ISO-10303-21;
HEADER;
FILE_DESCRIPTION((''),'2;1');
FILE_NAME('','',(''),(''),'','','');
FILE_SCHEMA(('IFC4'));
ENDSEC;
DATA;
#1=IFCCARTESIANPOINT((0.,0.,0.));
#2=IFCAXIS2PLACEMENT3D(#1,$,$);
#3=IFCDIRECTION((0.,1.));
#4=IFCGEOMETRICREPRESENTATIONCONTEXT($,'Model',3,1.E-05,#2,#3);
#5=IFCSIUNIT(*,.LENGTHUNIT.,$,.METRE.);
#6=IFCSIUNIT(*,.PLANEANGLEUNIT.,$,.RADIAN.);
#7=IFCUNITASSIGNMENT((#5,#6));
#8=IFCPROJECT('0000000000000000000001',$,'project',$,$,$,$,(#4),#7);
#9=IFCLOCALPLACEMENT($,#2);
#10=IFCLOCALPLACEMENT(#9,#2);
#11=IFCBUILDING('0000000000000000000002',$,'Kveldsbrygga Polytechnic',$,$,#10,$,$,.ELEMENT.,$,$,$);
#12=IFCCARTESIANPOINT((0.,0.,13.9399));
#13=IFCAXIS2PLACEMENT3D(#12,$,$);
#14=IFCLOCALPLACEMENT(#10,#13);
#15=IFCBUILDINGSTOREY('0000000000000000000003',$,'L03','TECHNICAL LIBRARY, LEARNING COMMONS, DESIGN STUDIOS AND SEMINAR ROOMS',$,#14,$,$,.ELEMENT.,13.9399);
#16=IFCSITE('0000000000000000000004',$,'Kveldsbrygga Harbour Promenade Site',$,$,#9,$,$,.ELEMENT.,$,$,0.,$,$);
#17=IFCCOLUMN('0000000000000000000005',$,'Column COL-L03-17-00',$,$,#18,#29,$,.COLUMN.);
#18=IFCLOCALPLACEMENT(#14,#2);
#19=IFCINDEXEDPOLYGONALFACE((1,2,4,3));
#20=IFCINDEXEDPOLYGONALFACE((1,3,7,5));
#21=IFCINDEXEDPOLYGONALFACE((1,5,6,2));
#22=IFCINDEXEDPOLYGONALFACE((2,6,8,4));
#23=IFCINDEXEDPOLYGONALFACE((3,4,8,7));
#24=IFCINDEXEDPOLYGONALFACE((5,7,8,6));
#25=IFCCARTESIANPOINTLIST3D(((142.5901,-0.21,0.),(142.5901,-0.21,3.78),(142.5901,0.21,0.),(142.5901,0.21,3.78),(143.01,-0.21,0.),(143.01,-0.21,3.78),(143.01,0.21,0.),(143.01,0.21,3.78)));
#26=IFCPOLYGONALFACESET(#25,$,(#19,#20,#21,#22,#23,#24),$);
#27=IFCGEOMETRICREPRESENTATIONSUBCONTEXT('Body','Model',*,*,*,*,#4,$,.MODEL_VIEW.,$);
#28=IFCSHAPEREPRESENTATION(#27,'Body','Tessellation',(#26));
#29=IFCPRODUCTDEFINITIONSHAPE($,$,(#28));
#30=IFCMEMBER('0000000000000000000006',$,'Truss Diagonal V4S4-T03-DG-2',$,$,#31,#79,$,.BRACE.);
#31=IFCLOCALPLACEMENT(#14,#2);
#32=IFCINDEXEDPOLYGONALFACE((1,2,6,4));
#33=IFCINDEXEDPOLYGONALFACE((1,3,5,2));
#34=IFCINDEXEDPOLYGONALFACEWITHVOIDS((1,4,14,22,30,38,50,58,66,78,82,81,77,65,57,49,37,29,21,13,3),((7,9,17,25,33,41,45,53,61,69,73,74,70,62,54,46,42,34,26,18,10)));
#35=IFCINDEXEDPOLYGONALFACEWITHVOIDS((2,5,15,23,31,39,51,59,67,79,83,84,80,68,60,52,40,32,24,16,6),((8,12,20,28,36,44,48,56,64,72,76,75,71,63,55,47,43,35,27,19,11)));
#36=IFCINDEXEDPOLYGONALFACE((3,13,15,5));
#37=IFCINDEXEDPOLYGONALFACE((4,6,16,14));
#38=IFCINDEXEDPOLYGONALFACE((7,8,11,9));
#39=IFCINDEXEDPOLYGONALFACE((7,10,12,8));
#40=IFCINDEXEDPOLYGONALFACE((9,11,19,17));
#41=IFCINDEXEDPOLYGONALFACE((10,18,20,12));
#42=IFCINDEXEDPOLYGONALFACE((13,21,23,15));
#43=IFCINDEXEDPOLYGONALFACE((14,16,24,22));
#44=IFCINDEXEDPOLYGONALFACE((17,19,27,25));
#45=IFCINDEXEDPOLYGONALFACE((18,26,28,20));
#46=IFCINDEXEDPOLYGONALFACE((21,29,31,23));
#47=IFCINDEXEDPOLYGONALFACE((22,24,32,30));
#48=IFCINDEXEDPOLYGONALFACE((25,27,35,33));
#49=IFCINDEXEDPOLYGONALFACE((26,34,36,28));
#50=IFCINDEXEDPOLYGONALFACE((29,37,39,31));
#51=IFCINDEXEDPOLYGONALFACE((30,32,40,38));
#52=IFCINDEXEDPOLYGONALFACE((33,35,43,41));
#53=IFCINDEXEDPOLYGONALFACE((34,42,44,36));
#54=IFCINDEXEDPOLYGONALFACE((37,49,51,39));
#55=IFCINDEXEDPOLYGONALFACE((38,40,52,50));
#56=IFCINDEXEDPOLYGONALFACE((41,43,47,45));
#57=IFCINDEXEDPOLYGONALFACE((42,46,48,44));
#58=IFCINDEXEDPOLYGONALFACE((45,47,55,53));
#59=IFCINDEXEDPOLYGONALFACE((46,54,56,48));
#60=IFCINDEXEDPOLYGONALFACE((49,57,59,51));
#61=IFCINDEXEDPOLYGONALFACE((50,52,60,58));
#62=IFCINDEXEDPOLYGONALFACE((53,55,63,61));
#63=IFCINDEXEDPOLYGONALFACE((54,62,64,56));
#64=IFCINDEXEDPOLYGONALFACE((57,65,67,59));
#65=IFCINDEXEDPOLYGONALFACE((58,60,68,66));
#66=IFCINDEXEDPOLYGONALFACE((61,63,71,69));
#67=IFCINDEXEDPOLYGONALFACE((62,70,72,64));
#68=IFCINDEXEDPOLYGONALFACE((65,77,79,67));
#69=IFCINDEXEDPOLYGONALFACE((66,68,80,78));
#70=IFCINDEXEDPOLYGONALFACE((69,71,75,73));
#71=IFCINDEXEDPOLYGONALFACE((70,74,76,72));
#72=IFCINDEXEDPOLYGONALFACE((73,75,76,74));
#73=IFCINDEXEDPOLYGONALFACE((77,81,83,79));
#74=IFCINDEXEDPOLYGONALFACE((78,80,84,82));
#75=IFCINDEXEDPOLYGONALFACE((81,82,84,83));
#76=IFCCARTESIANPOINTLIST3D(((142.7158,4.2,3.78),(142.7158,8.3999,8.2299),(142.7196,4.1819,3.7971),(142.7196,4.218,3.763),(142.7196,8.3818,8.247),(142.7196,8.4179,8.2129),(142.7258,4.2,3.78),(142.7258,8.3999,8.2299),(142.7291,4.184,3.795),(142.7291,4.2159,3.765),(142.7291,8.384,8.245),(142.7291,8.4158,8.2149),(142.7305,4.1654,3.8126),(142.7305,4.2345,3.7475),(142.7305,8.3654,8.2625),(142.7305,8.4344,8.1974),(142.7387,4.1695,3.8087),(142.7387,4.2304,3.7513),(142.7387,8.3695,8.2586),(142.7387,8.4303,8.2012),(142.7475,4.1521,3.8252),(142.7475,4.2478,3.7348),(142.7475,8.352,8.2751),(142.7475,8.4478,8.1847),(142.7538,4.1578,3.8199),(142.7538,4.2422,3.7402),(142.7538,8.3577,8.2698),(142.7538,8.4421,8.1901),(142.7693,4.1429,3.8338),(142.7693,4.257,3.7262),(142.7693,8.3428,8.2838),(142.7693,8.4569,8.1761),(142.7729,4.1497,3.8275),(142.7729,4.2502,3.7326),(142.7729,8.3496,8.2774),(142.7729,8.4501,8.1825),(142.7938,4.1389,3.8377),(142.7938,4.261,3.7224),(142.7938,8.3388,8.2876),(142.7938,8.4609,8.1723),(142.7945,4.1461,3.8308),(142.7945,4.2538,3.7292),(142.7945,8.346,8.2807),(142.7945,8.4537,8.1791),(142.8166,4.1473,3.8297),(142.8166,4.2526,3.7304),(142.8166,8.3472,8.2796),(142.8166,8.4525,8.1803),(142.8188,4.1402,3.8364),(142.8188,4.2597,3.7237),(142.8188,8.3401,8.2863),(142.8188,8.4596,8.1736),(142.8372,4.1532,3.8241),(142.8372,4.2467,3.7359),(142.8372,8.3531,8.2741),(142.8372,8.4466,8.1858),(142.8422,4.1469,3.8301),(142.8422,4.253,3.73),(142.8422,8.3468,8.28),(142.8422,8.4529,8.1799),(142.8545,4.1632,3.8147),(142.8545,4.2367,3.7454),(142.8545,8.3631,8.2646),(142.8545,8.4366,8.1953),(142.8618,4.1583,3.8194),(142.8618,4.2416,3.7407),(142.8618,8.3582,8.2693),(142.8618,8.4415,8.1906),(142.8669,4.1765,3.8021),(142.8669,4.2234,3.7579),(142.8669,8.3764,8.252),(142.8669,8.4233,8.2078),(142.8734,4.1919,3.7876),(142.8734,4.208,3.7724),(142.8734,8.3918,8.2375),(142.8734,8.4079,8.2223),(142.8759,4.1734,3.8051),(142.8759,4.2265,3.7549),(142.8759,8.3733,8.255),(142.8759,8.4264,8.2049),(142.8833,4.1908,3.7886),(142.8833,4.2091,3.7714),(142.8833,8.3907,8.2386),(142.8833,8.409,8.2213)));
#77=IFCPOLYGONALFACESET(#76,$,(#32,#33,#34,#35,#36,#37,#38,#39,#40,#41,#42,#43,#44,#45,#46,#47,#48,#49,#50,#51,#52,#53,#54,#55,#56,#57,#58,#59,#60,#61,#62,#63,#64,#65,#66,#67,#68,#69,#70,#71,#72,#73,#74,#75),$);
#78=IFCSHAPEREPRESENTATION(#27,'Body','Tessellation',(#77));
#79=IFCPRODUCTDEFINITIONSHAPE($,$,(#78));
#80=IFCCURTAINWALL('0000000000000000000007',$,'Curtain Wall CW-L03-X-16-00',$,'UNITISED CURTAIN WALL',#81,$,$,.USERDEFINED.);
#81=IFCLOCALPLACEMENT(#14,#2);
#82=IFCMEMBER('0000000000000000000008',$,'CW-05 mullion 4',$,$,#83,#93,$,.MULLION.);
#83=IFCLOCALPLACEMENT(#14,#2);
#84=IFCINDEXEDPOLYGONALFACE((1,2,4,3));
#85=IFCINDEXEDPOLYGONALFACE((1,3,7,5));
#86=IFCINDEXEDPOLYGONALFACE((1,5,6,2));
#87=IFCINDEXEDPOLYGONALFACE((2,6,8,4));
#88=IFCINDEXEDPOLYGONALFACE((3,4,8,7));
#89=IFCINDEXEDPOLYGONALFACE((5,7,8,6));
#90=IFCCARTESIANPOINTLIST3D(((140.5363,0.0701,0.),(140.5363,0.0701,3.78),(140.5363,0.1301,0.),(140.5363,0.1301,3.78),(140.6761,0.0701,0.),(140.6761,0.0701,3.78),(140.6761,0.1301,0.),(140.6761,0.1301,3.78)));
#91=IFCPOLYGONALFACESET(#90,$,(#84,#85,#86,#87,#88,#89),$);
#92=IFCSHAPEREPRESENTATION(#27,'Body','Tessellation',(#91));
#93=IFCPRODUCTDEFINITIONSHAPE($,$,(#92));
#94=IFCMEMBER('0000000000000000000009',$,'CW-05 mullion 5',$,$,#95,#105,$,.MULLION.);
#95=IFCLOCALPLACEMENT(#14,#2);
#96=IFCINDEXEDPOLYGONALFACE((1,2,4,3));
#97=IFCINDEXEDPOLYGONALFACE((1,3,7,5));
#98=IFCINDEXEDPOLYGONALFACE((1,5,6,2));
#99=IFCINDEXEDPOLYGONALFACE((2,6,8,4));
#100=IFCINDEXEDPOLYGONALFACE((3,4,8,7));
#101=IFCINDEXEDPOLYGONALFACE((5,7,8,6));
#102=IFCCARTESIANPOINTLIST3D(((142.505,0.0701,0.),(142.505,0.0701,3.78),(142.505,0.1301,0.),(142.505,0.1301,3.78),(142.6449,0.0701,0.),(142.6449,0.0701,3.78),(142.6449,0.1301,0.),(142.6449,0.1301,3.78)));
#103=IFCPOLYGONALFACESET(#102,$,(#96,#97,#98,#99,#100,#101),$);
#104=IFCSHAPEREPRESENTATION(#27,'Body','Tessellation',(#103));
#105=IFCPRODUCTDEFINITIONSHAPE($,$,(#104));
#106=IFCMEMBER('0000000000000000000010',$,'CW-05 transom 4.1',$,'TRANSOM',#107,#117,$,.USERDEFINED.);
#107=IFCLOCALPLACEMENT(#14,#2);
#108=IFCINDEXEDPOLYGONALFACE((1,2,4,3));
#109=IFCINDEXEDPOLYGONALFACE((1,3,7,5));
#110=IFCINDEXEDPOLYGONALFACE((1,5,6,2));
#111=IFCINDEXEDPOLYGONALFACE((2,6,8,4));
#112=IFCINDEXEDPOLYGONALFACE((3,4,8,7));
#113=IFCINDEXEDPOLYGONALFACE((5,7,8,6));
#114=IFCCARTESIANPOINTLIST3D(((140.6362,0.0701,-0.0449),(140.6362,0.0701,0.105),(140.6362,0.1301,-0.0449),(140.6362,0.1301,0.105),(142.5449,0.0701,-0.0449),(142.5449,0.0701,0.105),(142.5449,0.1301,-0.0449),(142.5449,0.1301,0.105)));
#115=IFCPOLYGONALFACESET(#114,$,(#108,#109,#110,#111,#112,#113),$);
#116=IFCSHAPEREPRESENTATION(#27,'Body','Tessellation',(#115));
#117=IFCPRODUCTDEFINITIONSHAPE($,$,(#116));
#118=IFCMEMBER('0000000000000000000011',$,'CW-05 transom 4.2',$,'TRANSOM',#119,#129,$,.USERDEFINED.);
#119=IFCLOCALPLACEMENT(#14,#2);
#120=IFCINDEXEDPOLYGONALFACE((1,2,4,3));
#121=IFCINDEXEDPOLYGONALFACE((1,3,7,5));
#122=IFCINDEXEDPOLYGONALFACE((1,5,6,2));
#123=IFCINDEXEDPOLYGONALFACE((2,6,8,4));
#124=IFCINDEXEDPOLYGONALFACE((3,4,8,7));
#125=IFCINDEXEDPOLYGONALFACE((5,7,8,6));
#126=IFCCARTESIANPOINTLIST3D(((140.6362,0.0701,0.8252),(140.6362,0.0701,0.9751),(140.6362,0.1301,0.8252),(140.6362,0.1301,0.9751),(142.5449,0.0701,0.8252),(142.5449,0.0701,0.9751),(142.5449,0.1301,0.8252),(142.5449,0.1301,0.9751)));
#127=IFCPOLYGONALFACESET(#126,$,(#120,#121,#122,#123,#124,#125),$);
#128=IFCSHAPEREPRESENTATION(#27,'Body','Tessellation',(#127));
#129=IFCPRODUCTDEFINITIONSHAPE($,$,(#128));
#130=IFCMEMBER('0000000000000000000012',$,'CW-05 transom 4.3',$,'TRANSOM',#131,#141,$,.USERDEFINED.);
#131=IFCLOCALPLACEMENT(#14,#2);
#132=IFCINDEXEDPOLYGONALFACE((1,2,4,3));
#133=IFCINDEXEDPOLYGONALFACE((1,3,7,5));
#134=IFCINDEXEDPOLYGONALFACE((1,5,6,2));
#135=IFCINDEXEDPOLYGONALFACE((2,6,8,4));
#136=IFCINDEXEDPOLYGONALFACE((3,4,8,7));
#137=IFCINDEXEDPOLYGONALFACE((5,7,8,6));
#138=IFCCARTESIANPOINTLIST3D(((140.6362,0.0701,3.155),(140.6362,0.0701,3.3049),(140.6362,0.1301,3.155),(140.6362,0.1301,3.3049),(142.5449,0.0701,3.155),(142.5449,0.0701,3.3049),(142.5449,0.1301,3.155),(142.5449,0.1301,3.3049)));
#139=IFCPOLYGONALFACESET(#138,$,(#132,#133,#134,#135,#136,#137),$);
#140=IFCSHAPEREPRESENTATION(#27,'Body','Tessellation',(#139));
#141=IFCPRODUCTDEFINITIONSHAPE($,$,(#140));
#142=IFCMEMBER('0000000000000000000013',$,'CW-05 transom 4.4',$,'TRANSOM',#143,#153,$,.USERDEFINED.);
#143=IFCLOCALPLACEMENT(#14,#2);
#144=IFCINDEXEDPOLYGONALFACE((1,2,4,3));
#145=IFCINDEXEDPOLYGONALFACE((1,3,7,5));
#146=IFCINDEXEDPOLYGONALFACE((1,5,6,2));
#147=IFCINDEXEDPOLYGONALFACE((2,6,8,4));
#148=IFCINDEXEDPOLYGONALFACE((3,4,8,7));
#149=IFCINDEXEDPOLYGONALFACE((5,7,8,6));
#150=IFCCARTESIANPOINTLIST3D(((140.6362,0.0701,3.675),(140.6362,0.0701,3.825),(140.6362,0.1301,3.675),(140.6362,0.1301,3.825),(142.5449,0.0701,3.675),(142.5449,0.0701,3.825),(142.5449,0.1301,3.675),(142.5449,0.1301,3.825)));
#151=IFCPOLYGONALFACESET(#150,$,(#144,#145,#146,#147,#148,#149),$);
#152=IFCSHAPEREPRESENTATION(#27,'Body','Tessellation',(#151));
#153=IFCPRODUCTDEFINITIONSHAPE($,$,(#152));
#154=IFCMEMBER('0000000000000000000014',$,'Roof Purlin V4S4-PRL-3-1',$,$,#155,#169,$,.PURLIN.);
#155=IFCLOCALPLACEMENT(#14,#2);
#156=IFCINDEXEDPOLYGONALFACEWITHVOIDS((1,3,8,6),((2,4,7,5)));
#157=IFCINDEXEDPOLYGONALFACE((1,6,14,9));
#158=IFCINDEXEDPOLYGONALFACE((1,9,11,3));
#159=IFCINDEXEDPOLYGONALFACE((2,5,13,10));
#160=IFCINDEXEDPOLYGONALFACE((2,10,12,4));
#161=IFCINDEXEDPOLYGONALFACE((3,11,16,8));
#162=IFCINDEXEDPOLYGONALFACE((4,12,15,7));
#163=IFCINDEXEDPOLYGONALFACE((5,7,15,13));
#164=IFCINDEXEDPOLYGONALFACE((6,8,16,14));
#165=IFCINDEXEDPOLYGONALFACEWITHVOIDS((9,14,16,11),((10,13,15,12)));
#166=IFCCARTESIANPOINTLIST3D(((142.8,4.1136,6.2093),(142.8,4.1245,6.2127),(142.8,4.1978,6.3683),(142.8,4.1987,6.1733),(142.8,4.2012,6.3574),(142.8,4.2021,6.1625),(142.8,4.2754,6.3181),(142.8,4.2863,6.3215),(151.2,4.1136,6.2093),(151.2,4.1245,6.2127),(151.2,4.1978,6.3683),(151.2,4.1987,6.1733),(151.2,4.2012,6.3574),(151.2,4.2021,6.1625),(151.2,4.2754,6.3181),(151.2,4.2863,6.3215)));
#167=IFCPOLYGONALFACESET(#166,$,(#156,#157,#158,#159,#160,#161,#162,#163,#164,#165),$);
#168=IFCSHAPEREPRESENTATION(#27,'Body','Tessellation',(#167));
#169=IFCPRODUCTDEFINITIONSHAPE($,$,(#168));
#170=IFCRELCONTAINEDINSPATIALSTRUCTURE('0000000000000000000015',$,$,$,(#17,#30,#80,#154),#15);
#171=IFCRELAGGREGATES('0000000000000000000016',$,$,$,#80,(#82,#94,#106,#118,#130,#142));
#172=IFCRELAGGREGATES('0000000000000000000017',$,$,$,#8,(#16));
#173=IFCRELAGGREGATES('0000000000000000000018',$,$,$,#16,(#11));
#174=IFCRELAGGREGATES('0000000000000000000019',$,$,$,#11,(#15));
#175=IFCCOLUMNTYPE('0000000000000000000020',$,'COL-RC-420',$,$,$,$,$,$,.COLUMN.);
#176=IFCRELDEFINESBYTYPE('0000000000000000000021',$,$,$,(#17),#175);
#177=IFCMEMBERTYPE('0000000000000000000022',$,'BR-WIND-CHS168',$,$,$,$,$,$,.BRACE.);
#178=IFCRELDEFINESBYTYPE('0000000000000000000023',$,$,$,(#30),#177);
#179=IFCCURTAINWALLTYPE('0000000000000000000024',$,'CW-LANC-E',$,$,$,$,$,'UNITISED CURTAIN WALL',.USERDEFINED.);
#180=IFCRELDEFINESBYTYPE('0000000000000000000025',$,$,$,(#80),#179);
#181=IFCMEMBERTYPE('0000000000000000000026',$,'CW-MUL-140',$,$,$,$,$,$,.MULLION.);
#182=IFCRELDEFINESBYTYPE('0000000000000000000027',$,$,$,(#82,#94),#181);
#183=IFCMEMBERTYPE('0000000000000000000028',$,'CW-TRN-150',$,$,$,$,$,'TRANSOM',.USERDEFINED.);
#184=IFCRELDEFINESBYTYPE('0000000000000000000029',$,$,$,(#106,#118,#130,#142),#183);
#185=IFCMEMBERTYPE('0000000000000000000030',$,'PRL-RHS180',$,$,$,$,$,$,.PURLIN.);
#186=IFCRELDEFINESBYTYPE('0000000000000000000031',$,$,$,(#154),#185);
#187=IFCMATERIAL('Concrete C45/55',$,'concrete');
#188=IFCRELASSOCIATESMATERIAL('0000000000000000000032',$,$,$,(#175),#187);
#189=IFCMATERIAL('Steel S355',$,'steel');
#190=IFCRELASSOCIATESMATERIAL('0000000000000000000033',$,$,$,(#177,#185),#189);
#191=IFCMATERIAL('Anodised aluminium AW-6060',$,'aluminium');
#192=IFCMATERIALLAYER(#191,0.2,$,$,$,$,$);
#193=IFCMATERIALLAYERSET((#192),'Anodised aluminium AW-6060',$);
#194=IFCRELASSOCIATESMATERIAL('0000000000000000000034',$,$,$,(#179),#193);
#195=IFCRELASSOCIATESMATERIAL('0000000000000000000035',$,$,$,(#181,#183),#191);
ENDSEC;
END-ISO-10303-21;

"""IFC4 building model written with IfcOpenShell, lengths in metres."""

from ifc_helpers import new_model, si_unit, direction, frame, origin, origin_2d, place, context, subcontext, project, spatial, rectangle, hollow_rectangle, hollow_circle, extrude, material, layer, layer_set, material_profile, profile_set, type_object, element, aggregate, save


model = new_model("IFC4")

# Units and contexts
model_context = context("Model", 3, precision=1e-05, world=origin(), true_north=direction((0.0, 1.0)))
body_context = subcontext(model_context, "Body", "Model", "MODEL_VIEW")
ifc_project = project(units=[si_unit("LENGTHUNIT", "METRE"), si_unit("PLANEANGLEUNIT", "RADIAN")], contexts=[model_context])

# Site, building, storey
site_placement = place(None, origin())
site = spatial("IfcSite", under=ifc_project, at=site_placement, Name="Kveldsbrygga Harbour Promenade Site", CompositionType="ELEMENT", RefElevation=0.0)
building_placement = place(site_placement, origin())
building = spatial("IfcBuilding", under=site, at=building_placement, Name="Kveldsbrygga Polytechnic", CompositionType="ELEMENT")
storey_placement = place(building_placement, frame((0.0, 0.0, 13.9399)))
storey = spatial("IfcBuildingStorey", under=building, at=storey_placement, Name="L03", Description="TECHNICAL LIBRARY, LEARNING COMMONS, DESIGN STUDIOS AND SEMINAR ROOMS", CompositionType="ELEMENT", Elevation=13.9399)

# Column
ifc_material_1 = material(Name="Concrete C45/55", Category="concrete")
ifc_material_profile_1 = material_profile(ifc_material_1, rectangle(XDim=0.4199, YDim=0.4199, at=origin_2d()), Name="RC 420x420")
ifc_profile_set_1 = profile_set([ifc_material_profile_1], Name="Concrete C45/55")
column_type = type_object("IfcColumnType", Name="COL-RC-420", PredefinedType="COLUMN", material=ifc_profile_set_1)
column_placement = place(storey_placement, frame((142.8, 0.0, 0.0), z_axis=(0.0, 0.0, 1.0), x_axis=(1.0, 0.0, 0.0)))
element("IfcColumn", 1, at=column_placement, inside=storey, type_object=column_type, Name="Column COL-L03-17-00", PredefinedType="COLUMN", context=body_context, shape_type="SweptSolid", body=[
    extrude(rectangle(XDim=0.4199, YDim=0.4199, at=origin_2d()), origin(), (0.0, 0.0, 1.0), 3.78),
])

# Member
ifc_material_2 = material(Name="Steel S355", Category="steel")
ifc_material_profile_2 = material_profile(ifc_material_2, hollow_circle(Radius=0.0842, WallThickness=0.01, at=origin_2d()), Name="CHS 168.3x10.0")
ifc_profile_set_2 = profile_set([ifc_material_profile_2], Name="Steel S355")
member_type_1 = type_object("IfcMemberType", Name="BR-WIND-CHS168", PredefinedType="BRACE", material=ifc_profile_set_2)
member_1_placement = place(storey_placement, frame((142.8, 4.2, 3.78), z_axis=(0.0, 0.686383, 0.72724), x_axis=(-1.0, 0.0, 0.0)))
element("IfcMember", 2, at=member_1_placement, inside=storey, type_object=member_type_1, Name="Truss Diagonal V4S4-T03-DG-2", PredefinedType="BRACE", context=body_context, shape_type="SweptSolid", body=[
    extrude(hollow_circle(Radius=0.0842, WallThickness=0.01, at=origin_2d()), origin(), (0.0, 0.0, 1.0), 6.1189),
])

# Curtain wall, members
ifc_material_3 = material(Name="Anodised aluminium AW-6060", Category="aluminium")
ifc_layer_1 = layer(ifc_material_3, 0.2)
ifc_layer_set_1 = layer_set([ifc_layer_1], Name="Anodised aluminium AW-6060")
curtain_wall_type = type_object("IfcCurtainWallType", Name="CW-LANC-E", ElementType="UNITISED CURTAIN WALL", PredefinedType="USERDEFINED", material=ifc_layer_set_1)
curtain_wall_placement = place(storey_placement, origin())
curtain_wall = element("IfcCurtainWall", 3, at=curtain_wall_placement, inside=storey, type_object=curtain_wall_type, Name="Curtain Wall CW-L03-X-16-00", ObjectType="UNITISED CURTAIN WALL", PredefinedType="USERDEFINED")
ifc_material_profile_3 = material_profile(ifc_material_3, rectangle(XDim=0.0601, YDim=0.1399, at=origin_2d()), Name="ALU 60x140")
ifc_profile_set_3 = profile_set([ifc_material_profile_3], Name="Anodised aluminium AW-6060")
member_type_2 = type_object("IfcMemberType", Name="CW-MUL-140", PredefinedType="MULLION", material=ifc_profile_set_3)
member_2_placement = place(storey_placement, frame((140.6062, 0.1001, 0.0), z_axis=(0.0, 0.0, 1.0), x_axis=(0.0, 1.0, 0.0)))
member_2 = element("IfcMember", 4, at=member_2_placement, type_object=member_type_2, Name="CW-05 mullion 4", PredefinedType="MULLION", context=body_context, shape_type="SweptSolid", body=[
    extrude(rectangle(XDim=0.0601, YDim=0.1399, at=origin_2d()), origin(), (0.0, 0.0, 1.0), 3.78),
])
member_3_placement = place(storey_placement, frame((142.575, 0.1001, 0.0), z_axis=(0.0, 0.0, 1.0), x_axis=(0.0, 1.0, 0.0)))
member_3 = element("IfcMember", 5, at=member_3_placement, type_object=member_type_2, Name="CW-05 mullion 5", PredefinedType="MULLION", context=body_context, shape_type="SweptSolid", body=[
    extrude(rectangle(XDim=0.0601, YDim=0.1399, at=origin_2d()), origin(), (0.0, 0.0, 1.0), 3.78),
])
ifc_material_profile_4 = material_profile(ifc_material_3, rectangle(XDim=0.0601, YDim=0.1499, at=origin_2d()), Name="ALU 60x150")
ifc_profile_set_4 = profile_set([ifc_material_profile_4], Name="Anodised aluminium AW-6060")
member_type_3 = type_object("IfcMemberType", Name="CW-TRN-150", ElementType="TRANSOM", PredefinedType="USERDEFINED", material=ifc_profile_set_4)
member_4_placement = place(storey_placement, frame((140.6362, 0.1001, 0.03), z_axis=(1.0, 0.0, 0.0), x_axis=(0.0, 1.0, 0.0)))
member_4 = element("IfcMember", 6, at=member_4_placement, type_object=member_type_3, Name="CW-05 transom 4.1", ObjectType="TRANSOM", PredefinedType="USERDEFINED", context=body_context, shape_type="SweptSolid", body=[
    extrude(rectangle(XDim=0.0601, YDim=0.1499, at=origin_2d()), origin(), (0.0, 0.0, 1.0), 1.9087),
])
member_5_placement = place(storey_placement, frame((140.6362, 0.1001, 0.9001), z_axis=(1.0, 0.0, 0.0), x_axis=(0.0, 1.0, 0.0)))
member_5 = element("IfcMember", 7, at=member_5_placement, type_object=member_type_3, Name="CW-05 transom 4.2", ObjectType="TRANSOM", PredefinedType="USERDEFINED", context=body_context, shape_type="SweptSolid", body=[
    extrude(rectangle(XDim=0.0601, YDim=0.1499, at=origin_2d()), origin(), (0.0, 0.0, 1.0), 1.9087),
])
member_6_placement = place(storey_placement, frame((140.6362, 0.1001, 3.23), z_axis=(1.0, 0.0, 0.0), x_axis=(0.0, 1.0, 0.0)))
member_6 = element("IfcMember", 8, at=member_6_placement, type_object=member_type_3, Name="CW-05 transom 4.3", ObjectType="TRANSOM", PredefinedType="USERDEFINED", context=body_context, shape_type="SweptSolid", body=[
    extrude(rectangle(XDim=0.0601, YDim=0.1499, at=origin_2d()), origin(), (0.0, 0.0, 1.0), 1.9087),
])
member_7_placement = place(storey_placement, frame((140.6362, 0.1001, 3.75), z_axis=(1.0, 0.0, 0.0), x_axis=(0.0, 1.0, 0.0)))
member_7 = element("IfcMember", 9, at=member_7_placement, type_object=member_type_3, Name="CW-05 transom 4.4", ObjectType="TRANSOM", PredefinedType="USERDEFINED", context=body_context, shape_type="SweptSolid", body=[
    extrude(rectangle(XDim=0.0601, YDim=0.1499, at=origin_2d()), origin(), (0.0, 0.0, 1.0), 1.9087),
])

# Member
ifc_material_profile_5 = material_profile(ifc_material_2, hollow_rectangle(XDim=0.1001, YDim=0.1799, WallThickness=0.0081, at=origin_2d()), Name="RHS 180x100x8.0")
ifc_profile_set_5 = profile_set([ifc_material_profile_5], Name="Steel S355")
member_type_4 = type_object("IfcMemberType", Name="PRL-RHS180", PredefinedType="PURLIN", material=ifc_profile_set_5)
member_8_placement = place(storey_placement, frame((142.8, 4.2, 6.2654), z_axis=(1.0, 0.0, 0.0), x_axis=(0.0, 0.88366, -0.468129)))
element("IfcMember", 10, at=member_8_placement, inside=storey, type_object=member_type_4, Name="Roof Purlin V4S4-PRL-3-1", PredefinedType="PURLIN", context=body_context, shape_type="SweptSolid", body=[
    extrude(hollow_rectangle(XDim=0.1001, YDim=0.1799, WallThickness=0.0081, at=origin_2d()), origin(), (0.0, 0.0, 1.0), 8.3999),
])

aggregate(curtain_wall, [member_2, member_3, member_4, member_5, member_6, member_7])

save(model, "model.ifc")
